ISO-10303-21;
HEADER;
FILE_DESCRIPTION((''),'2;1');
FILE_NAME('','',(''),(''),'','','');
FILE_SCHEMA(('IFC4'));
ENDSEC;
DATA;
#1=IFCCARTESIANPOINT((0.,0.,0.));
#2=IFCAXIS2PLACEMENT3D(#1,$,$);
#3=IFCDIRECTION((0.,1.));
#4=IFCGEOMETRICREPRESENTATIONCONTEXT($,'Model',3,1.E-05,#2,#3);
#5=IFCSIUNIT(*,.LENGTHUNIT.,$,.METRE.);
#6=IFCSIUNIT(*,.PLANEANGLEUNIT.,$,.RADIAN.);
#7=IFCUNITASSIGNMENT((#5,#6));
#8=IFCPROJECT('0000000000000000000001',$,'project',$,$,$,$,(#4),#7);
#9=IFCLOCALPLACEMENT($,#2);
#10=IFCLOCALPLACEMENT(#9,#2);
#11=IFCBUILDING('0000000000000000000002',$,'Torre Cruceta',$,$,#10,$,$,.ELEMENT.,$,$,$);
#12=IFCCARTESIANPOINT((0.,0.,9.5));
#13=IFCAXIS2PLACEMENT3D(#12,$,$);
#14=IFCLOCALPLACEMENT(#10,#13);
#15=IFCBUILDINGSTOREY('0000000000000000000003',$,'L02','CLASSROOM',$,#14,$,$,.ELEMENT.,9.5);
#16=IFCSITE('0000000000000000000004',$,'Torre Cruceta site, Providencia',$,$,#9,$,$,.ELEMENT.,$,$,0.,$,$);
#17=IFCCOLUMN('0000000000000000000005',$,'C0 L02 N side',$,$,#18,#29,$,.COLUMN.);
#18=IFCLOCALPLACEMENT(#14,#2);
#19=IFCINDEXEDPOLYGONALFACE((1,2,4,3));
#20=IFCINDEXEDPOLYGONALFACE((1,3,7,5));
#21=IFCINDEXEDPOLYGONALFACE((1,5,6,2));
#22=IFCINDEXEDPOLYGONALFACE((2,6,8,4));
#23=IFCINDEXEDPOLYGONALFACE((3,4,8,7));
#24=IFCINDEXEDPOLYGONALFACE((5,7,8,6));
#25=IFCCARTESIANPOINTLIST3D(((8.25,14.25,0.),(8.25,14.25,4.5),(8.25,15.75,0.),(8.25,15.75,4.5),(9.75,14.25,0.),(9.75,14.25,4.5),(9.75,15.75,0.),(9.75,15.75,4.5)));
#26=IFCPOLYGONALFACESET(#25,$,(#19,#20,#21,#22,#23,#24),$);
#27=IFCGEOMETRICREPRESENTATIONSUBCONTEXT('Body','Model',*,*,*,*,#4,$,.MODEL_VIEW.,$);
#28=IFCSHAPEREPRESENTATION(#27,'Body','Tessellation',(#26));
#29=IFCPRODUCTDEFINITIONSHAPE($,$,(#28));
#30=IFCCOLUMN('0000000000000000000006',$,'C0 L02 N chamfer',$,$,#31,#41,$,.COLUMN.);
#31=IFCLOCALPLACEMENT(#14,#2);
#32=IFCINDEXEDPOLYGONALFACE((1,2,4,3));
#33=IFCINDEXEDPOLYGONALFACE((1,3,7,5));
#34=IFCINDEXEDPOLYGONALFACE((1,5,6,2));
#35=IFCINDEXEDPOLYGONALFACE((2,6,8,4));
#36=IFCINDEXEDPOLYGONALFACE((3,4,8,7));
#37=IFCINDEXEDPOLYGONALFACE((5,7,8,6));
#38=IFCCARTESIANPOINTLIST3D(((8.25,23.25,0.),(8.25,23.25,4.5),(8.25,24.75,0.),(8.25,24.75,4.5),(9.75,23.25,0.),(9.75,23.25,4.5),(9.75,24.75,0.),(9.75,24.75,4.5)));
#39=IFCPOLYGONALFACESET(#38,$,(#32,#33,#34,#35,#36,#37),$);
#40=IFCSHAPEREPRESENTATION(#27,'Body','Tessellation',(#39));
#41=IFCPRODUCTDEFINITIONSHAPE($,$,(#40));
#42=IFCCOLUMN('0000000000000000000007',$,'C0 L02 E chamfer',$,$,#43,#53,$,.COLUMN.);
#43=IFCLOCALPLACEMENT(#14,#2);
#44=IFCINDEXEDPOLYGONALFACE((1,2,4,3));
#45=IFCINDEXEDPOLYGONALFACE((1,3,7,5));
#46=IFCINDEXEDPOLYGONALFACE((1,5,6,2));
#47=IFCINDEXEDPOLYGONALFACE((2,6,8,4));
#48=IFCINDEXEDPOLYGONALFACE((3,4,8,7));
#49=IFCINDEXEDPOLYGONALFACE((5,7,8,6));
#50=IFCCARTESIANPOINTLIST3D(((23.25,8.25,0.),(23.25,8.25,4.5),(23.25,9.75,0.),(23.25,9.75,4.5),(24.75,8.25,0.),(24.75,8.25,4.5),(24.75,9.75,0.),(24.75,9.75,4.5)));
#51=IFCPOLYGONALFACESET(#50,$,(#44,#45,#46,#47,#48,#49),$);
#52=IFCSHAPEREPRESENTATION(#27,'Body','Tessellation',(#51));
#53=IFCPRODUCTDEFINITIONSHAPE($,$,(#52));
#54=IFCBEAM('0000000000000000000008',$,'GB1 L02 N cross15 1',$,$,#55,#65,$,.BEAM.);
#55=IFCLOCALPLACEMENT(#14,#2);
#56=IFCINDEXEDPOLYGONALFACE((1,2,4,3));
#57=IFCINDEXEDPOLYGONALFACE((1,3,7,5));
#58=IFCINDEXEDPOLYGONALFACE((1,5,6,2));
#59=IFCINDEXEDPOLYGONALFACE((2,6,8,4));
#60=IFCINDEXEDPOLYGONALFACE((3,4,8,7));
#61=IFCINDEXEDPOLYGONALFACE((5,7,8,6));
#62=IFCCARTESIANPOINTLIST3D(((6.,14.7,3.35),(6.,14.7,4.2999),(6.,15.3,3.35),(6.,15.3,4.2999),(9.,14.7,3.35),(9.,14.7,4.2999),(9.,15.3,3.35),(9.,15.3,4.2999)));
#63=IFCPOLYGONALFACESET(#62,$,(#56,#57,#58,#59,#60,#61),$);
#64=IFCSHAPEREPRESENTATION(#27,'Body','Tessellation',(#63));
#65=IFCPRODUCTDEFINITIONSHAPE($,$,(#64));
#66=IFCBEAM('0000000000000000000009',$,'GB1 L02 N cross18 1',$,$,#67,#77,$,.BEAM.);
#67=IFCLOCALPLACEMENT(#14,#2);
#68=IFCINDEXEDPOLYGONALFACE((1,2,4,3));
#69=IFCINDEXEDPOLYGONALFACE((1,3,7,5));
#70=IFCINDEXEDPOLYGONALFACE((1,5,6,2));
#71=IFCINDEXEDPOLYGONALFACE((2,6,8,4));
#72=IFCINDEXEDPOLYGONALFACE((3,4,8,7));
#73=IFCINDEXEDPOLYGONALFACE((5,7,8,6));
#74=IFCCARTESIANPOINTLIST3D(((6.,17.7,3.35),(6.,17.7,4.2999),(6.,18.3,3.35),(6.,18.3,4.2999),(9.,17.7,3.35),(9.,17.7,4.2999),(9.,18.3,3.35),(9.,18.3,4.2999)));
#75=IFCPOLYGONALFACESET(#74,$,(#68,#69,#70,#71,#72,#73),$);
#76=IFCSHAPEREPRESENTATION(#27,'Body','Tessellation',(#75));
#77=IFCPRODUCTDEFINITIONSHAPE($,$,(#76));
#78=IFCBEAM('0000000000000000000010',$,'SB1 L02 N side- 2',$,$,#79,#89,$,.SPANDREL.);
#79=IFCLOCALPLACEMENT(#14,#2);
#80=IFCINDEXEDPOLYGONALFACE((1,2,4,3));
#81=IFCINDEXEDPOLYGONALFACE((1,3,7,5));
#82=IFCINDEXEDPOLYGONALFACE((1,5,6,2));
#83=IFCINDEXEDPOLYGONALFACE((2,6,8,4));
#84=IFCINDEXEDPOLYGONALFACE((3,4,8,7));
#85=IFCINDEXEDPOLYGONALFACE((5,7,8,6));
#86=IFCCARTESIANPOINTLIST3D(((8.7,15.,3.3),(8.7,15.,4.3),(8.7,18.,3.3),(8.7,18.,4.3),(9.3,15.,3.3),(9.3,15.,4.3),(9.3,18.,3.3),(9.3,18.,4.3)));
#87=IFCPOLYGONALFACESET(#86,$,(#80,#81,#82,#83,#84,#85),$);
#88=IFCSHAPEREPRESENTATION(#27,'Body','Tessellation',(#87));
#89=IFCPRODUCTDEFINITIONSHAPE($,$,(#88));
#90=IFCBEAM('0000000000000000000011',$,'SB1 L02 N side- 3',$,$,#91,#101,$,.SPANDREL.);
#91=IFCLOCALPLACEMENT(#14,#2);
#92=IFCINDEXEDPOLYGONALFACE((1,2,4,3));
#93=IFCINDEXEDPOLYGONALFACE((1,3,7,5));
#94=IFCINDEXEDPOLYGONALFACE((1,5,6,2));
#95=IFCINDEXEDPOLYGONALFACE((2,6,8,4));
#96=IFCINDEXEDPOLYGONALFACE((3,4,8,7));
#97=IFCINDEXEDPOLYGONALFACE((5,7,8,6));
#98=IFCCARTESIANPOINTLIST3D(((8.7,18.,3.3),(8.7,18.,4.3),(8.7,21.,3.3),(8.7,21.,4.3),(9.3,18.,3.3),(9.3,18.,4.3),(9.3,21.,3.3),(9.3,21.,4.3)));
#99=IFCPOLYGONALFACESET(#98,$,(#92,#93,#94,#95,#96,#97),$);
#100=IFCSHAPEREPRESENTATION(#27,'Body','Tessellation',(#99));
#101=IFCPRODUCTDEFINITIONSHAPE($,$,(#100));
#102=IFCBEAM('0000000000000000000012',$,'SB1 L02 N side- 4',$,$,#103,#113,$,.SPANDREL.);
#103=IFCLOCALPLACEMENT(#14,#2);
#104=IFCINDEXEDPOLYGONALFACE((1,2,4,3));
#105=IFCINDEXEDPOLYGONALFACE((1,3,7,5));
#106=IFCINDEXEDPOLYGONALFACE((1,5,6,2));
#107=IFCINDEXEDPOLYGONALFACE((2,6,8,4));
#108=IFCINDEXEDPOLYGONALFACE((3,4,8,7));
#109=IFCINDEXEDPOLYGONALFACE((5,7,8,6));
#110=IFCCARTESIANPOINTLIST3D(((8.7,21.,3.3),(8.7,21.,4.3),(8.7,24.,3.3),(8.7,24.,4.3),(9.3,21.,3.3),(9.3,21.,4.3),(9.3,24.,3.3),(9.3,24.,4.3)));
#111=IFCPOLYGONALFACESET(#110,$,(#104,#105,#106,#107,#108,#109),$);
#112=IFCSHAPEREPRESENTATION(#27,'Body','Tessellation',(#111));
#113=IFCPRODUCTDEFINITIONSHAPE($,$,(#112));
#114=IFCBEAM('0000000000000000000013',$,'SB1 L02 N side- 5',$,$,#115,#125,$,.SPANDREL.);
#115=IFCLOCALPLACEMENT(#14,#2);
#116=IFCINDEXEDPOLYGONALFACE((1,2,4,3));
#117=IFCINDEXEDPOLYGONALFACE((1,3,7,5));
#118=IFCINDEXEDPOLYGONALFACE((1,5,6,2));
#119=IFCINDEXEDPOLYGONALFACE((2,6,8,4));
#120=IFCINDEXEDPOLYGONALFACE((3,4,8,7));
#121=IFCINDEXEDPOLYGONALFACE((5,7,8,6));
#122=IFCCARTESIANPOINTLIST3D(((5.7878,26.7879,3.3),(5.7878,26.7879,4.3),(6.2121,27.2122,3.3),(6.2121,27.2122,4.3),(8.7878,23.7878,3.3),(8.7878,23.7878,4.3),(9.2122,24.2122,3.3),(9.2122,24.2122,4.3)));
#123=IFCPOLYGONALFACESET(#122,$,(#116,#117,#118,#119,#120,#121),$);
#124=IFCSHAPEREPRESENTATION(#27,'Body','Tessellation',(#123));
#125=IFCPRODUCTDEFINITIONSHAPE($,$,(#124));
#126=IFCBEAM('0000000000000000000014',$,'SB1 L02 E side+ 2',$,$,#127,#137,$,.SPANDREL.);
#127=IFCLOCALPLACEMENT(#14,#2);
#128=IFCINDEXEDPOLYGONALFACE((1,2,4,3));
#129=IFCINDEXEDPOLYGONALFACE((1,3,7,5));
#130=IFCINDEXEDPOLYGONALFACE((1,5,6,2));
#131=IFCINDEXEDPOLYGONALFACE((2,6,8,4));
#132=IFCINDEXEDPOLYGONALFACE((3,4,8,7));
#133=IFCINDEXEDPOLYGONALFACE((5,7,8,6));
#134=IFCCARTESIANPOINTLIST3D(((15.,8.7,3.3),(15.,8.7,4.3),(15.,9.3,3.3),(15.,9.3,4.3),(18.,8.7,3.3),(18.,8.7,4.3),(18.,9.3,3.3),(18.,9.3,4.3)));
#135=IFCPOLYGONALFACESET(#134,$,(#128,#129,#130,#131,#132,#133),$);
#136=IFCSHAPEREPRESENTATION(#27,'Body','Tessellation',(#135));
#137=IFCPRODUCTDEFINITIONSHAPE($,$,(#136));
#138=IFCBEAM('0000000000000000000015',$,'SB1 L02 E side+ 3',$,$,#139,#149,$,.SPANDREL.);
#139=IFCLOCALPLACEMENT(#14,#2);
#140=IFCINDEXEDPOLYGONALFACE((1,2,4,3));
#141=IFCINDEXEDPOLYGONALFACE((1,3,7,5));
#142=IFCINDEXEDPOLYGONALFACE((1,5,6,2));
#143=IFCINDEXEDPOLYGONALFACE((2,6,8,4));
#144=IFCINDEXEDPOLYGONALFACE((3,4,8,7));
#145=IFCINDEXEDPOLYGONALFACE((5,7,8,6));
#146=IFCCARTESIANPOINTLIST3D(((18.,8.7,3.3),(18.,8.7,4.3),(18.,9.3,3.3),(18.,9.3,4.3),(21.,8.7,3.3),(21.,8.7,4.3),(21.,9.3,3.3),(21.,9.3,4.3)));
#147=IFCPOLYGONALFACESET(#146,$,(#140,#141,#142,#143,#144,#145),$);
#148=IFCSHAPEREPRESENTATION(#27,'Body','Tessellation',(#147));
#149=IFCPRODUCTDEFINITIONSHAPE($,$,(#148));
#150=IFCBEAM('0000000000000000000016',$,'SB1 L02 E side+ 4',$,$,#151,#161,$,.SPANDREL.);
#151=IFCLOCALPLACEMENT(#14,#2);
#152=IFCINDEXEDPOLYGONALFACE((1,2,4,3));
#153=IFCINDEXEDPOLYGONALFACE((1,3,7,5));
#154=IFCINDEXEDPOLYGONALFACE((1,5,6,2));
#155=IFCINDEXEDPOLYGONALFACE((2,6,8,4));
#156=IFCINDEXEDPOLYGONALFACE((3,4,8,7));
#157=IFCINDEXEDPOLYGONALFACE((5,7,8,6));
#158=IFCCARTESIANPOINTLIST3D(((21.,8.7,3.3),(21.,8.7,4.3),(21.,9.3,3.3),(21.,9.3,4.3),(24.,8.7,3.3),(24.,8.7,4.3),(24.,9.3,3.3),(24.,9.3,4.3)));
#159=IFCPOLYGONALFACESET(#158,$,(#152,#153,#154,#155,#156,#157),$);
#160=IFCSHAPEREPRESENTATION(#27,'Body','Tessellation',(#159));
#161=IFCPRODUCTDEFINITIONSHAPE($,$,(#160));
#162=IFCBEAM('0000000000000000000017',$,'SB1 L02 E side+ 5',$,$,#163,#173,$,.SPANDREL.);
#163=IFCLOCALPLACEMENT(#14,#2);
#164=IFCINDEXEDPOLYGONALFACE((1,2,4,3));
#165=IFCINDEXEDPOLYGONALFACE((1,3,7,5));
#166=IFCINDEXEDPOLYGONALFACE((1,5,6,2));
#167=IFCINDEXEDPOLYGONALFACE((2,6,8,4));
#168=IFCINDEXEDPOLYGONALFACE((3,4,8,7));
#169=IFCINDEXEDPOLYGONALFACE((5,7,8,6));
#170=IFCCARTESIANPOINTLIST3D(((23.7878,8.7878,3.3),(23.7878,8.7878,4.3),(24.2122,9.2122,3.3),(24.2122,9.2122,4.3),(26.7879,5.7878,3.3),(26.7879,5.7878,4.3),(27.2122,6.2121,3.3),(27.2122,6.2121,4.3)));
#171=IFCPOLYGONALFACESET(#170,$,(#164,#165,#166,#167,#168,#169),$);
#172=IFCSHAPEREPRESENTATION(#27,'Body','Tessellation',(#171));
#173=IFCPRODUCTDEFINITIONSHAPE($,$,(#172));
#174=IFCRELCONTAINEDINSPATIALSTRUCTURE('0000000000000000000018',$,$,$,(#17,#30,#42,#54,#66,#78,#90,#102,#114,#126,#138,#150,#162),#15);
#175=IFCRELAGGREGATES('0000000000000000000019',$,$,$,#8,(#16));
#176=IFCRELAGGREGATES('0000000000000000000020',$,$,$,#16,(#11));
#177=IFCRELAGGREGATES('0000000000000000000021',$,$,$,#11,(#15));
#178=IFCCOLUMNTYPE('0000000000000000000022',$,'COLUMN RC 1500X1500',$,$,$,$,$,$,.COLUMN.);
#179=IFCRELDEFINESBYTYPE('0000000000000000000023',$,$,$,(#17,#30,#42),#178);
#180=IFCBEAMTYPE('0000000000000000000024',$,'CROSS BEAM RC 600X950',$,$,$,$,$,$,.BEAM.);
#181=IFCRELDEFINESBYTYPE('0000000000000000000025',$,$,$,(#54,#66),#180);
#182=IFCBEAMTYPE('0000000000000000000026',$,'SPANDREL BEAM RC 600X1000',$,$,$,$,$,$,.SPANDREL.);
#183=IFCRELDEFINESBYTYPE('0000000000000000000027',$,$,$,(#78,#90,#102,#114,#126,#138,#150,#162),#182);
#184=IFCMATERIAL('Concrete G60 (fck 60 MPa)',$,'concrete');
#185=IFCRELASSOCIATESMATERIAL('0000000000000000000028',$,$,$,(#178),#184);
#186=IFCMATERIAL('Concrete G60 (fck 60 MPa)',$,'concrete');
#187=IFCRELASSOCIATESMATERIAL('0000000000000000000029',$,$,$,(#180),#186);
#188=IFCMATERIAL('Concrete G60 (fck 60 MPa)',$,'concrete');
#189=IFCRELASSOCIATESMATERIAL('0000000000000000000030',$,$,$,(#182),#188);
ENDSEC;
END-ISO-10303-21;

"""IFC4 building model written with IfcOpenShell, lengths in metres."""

from ifc_helpers import new_model, si_unit, direction, frame, origin, origin_2d, place, context, subcontext, project, spatial, rectangle, extrude, material, material_profile, profile_set, type_object, element, save


model = new_model("IFC4")

# Units and contexts
model_context = context("Model", 3, precision=1e-05, world=origin(), true_north=direction((0.0, 1.0)))
body_context = subcontext(model_context, "Body", "Model", "MODEL_VIEW")
ifc_project = project(units=[si_unit("LENGTHUNIT", "METRE"), si_unit("PLANEANGLEUNIT", "RADIAN")], contexts=[model_context])

# Site, building, storey
site_placement = place(None, origin())
site = spatial("IfcSite", under=ifc_project, at=site_placement, Name="Torre Cruceta site, Providencia", CompositionType="ELEMENT", RefElevation=0.0)
building_placement = place(site_placement, origin())
building = spatial("IfcBuilding", under=site, at=building_placement, Name="Torre Cruceta", CompositionType="ELEMENT")
storey_placement = place(building_placement, frame((0.0, 0.0, 9.5)))
storey = spatial("IfcBuildingStorey", under=building, at=storey_placement, Name="L02", Description="CLASSROOM", CompositionType="ELEMENT", Elevation=9.5)

# Columns
ifc_material_1 = material(Name="Concrete G60 (fck 60 MPa)", Category="concrete")
ifc_material_profile_1 = material_profile(ifc_material_1, rectangle(XDim=1.5, YDim=1.5, at=origin_2d()), Name="RC 1500X1500")
ifc_profile_set_1 = profile_set([ifc_material_profile_1], Name="Concrete G60 (fck 60 MPa)")
column_type = type_object("IfcColumnType", Name="COLUMN RC 1500X1500", PredefinedType="COLUMN", material=ifc_profile_set_1)
for number, where, z_axis, x_axis, name in (
    (1, (9.0, 15.0, 0.0), (0.0, 0.0, 1.0), (1.0, 0.0, 0.0), "C0 L02 N side"),
    (2, (9.0, 24.0, 0.0), (0.0, 0.0, 1.0), (1.0, 0.0, 0.0), "C0 L02 N chamfer"),
    (3, (24.0, 9.0, 0.0), (0.0, 0.0, 1.0), (1.0, 0.0, 0.0), "C0 L02 E chamfer"),
):
    element("IfcColumn", number, at=place(storey_placement, frame(where, z_axis=z_axis, x_axis=x_axis)), inside=storey, type_object=column_type, Name=name, PredefinedType="COLUMN", context=body_context, shape_type="SweptSolid", body=[
        extrude(rectangle(XDim=1.5, YDim=1.5, at=origin_2d()), origin(), (0.0, 0.0, 1.0), 4.5),
    ])

# Beams
ifc_material_2 = material(Name="Concrete G60 (fck 60 MPa)", Category="concrete")
ifc_material_profile_2 = material_profile(ifc_material_2, rectangle(XDim=0.6001, YDim=0.95, at=origin_2d()), Name="RC 600X950")
ifc_profile_set_2 = profile_set([ifc_material_profile_2], Name="Concrete G60 (fck 60 MPa)")
beam_type_1 = type_object("IfcBeamType", Name="CROSS BEAM RC 600X950", PredefinedType="BEAM", material=ifc_profile_set_2)
for number, where, z_axis, x_axis, name in (
    (4, (9.0, 15.0, 3.825), (-1.0, 0.0, 0.0), (0.0, -1.0, 0.0), "GB1 L02 N cross15 1"),
    (5, (9.0, 18.0, 3.825), (-1.0, 0.0, 0.0), (0.0, -1.0, 0.0), "GB1 L02 N cross18 1"),
):
    element("IfcBeam", number, at=place(storey_placement, frame(where, z_axis=z_axis, x_axis=x_axis)), inside=storey, type_object=beam_type_1, Name=name, PredefinedType="BEAM", context=body_context, shape_type="SweptSolid", body=[
        extrude(rectangle(XDim=0.6001, YDim=0.95, at=origin_2d()), origin(), (0.0, 0.0, 1.0), 3.0),
    ])
ifc_material_3 = material(Name="Concrete G60 (fck 60 MPa)", Category="concrete")
ifc_material_profile_3 = material_profile(ifc_material_3, rectangle(XDim=0.6001, YDim=1.0, at=origin_2d()), Name="RC 600X1000")
ifc_profile_set_3 = profile_set([ifc_material_profile_3], Name="Concrete G60 (fck 60 MPa)")
beam_type_2 = type_object("IfcBeamType", Name="SPANDREL BEAM RC 600X1000", PredefinedType="SPANDREL", material=ifc_profile_set_3)
for number, where, z_axis, x_axis, name in (
    (6, (9.0, 15.0, 3.8), (0.0, 1.0, 0.0), (-1.0, 0.0, 0.0), "SB1 L02 N side- 2"),
    (7, (9.0, 18.0, 3.8), (0.0, 1.0, 0.0), (-1.0, 0.0, 0.0), "SB1 L02 N side- 3"),
    (8, (9.0, 21.0, 3.8), (0.0, 1.0, 0.0), (-1.0, 0.0, 0.0), "SB1 L02 N side- 4"),
):
    element("IfcBeam", number, at=place(storey_placement, frame(where, z_axis=z_axis, x_axis=x_axis)), inside=storey, type_object=beam_type_2, Name=name, PredefinedType="SPANDREL", context=body_context, shape_type="SweptSolid", body=[
        extrude(rectangle(XDim=0.6001, YDim=1.0, at=origin_2d()), origin(), (0.0, 0.0, 1.0), 3.0),
    ])
beam_1_placement = place(storey_placement, frame((9.0, 24.0, 3.8), z_axis=(-0.707107, 0.707107, 0.0), x_axis=(-0.707107, -0.707107, 0.0)))
element("IfcBeam", 9, at=beam_1_placement, inside=storey, type_object=beam_type_2, Name="SB1 L02 N side- 5", PredefinedType="SPANDREL", context=body_context, shape_type="SweptSolid", body=[
    extrude(rectangle(XDim=0.6001, YDim=1.0, at=origin_2d()), origin(), (0.0, 0.0, 1.0), 4.2427),
])
for number, where, z_axis, x_axis, name in (
    (10, (15.0, 9.0, 3.8), (1.0, 0.0, 0.0), (0.0, 1.0, 0.0), "SB1 L02 E side+ 2"),
    (11, (18.0, 9.0, 3.8), (1.0, 0.0, 0.0), (0.0, 1.0, 0.0), "SB1 L02 E side+ 3"),
    (12, (21.0, 9.0, 3.8), (1.0, 0.0, 0.0), (0.0, 1.0, 0.0), "SB1 L02 E side+ 4"),
):
    element("IfcBeam", number, at=place(storey_placement, frame(where, z_axis=z_axis, x_axis=x_axis)), inside=storey, type_object=beam_type_2, Name=name, PredefinedType="SPANDREL", context=body_context, shape_type="SweptSolid", body=[
        extrude(rectangle(XDim=0.6001, YDim=1.0, at=origin_2d()), origin(), (0.0, 0.0, 1.0), 3.0),
    ])
beam_2_placement = place(storey_placement, frame((24.0, 9.0, 3.8), z_axis=(0.707107, -0.707107, 0.0), x_axis=(0.707107, 0.707107, 0.0)))
element("IfcBeam", 13, at=beam_2_placement, inside=storey, type_object=beam_type_2, Name="SB1 L02 E side+ 5", PredefinedType="SPANDREL", context=body_context, shape_type="SweptSolid", body=[
    extrude(rectangle(XDim=0.6001, YDim=1.0, at=origin_2d()), origin(), (0.0, 0.0, 1.0), 4.2427),
])

save(model, "model.ifc")
